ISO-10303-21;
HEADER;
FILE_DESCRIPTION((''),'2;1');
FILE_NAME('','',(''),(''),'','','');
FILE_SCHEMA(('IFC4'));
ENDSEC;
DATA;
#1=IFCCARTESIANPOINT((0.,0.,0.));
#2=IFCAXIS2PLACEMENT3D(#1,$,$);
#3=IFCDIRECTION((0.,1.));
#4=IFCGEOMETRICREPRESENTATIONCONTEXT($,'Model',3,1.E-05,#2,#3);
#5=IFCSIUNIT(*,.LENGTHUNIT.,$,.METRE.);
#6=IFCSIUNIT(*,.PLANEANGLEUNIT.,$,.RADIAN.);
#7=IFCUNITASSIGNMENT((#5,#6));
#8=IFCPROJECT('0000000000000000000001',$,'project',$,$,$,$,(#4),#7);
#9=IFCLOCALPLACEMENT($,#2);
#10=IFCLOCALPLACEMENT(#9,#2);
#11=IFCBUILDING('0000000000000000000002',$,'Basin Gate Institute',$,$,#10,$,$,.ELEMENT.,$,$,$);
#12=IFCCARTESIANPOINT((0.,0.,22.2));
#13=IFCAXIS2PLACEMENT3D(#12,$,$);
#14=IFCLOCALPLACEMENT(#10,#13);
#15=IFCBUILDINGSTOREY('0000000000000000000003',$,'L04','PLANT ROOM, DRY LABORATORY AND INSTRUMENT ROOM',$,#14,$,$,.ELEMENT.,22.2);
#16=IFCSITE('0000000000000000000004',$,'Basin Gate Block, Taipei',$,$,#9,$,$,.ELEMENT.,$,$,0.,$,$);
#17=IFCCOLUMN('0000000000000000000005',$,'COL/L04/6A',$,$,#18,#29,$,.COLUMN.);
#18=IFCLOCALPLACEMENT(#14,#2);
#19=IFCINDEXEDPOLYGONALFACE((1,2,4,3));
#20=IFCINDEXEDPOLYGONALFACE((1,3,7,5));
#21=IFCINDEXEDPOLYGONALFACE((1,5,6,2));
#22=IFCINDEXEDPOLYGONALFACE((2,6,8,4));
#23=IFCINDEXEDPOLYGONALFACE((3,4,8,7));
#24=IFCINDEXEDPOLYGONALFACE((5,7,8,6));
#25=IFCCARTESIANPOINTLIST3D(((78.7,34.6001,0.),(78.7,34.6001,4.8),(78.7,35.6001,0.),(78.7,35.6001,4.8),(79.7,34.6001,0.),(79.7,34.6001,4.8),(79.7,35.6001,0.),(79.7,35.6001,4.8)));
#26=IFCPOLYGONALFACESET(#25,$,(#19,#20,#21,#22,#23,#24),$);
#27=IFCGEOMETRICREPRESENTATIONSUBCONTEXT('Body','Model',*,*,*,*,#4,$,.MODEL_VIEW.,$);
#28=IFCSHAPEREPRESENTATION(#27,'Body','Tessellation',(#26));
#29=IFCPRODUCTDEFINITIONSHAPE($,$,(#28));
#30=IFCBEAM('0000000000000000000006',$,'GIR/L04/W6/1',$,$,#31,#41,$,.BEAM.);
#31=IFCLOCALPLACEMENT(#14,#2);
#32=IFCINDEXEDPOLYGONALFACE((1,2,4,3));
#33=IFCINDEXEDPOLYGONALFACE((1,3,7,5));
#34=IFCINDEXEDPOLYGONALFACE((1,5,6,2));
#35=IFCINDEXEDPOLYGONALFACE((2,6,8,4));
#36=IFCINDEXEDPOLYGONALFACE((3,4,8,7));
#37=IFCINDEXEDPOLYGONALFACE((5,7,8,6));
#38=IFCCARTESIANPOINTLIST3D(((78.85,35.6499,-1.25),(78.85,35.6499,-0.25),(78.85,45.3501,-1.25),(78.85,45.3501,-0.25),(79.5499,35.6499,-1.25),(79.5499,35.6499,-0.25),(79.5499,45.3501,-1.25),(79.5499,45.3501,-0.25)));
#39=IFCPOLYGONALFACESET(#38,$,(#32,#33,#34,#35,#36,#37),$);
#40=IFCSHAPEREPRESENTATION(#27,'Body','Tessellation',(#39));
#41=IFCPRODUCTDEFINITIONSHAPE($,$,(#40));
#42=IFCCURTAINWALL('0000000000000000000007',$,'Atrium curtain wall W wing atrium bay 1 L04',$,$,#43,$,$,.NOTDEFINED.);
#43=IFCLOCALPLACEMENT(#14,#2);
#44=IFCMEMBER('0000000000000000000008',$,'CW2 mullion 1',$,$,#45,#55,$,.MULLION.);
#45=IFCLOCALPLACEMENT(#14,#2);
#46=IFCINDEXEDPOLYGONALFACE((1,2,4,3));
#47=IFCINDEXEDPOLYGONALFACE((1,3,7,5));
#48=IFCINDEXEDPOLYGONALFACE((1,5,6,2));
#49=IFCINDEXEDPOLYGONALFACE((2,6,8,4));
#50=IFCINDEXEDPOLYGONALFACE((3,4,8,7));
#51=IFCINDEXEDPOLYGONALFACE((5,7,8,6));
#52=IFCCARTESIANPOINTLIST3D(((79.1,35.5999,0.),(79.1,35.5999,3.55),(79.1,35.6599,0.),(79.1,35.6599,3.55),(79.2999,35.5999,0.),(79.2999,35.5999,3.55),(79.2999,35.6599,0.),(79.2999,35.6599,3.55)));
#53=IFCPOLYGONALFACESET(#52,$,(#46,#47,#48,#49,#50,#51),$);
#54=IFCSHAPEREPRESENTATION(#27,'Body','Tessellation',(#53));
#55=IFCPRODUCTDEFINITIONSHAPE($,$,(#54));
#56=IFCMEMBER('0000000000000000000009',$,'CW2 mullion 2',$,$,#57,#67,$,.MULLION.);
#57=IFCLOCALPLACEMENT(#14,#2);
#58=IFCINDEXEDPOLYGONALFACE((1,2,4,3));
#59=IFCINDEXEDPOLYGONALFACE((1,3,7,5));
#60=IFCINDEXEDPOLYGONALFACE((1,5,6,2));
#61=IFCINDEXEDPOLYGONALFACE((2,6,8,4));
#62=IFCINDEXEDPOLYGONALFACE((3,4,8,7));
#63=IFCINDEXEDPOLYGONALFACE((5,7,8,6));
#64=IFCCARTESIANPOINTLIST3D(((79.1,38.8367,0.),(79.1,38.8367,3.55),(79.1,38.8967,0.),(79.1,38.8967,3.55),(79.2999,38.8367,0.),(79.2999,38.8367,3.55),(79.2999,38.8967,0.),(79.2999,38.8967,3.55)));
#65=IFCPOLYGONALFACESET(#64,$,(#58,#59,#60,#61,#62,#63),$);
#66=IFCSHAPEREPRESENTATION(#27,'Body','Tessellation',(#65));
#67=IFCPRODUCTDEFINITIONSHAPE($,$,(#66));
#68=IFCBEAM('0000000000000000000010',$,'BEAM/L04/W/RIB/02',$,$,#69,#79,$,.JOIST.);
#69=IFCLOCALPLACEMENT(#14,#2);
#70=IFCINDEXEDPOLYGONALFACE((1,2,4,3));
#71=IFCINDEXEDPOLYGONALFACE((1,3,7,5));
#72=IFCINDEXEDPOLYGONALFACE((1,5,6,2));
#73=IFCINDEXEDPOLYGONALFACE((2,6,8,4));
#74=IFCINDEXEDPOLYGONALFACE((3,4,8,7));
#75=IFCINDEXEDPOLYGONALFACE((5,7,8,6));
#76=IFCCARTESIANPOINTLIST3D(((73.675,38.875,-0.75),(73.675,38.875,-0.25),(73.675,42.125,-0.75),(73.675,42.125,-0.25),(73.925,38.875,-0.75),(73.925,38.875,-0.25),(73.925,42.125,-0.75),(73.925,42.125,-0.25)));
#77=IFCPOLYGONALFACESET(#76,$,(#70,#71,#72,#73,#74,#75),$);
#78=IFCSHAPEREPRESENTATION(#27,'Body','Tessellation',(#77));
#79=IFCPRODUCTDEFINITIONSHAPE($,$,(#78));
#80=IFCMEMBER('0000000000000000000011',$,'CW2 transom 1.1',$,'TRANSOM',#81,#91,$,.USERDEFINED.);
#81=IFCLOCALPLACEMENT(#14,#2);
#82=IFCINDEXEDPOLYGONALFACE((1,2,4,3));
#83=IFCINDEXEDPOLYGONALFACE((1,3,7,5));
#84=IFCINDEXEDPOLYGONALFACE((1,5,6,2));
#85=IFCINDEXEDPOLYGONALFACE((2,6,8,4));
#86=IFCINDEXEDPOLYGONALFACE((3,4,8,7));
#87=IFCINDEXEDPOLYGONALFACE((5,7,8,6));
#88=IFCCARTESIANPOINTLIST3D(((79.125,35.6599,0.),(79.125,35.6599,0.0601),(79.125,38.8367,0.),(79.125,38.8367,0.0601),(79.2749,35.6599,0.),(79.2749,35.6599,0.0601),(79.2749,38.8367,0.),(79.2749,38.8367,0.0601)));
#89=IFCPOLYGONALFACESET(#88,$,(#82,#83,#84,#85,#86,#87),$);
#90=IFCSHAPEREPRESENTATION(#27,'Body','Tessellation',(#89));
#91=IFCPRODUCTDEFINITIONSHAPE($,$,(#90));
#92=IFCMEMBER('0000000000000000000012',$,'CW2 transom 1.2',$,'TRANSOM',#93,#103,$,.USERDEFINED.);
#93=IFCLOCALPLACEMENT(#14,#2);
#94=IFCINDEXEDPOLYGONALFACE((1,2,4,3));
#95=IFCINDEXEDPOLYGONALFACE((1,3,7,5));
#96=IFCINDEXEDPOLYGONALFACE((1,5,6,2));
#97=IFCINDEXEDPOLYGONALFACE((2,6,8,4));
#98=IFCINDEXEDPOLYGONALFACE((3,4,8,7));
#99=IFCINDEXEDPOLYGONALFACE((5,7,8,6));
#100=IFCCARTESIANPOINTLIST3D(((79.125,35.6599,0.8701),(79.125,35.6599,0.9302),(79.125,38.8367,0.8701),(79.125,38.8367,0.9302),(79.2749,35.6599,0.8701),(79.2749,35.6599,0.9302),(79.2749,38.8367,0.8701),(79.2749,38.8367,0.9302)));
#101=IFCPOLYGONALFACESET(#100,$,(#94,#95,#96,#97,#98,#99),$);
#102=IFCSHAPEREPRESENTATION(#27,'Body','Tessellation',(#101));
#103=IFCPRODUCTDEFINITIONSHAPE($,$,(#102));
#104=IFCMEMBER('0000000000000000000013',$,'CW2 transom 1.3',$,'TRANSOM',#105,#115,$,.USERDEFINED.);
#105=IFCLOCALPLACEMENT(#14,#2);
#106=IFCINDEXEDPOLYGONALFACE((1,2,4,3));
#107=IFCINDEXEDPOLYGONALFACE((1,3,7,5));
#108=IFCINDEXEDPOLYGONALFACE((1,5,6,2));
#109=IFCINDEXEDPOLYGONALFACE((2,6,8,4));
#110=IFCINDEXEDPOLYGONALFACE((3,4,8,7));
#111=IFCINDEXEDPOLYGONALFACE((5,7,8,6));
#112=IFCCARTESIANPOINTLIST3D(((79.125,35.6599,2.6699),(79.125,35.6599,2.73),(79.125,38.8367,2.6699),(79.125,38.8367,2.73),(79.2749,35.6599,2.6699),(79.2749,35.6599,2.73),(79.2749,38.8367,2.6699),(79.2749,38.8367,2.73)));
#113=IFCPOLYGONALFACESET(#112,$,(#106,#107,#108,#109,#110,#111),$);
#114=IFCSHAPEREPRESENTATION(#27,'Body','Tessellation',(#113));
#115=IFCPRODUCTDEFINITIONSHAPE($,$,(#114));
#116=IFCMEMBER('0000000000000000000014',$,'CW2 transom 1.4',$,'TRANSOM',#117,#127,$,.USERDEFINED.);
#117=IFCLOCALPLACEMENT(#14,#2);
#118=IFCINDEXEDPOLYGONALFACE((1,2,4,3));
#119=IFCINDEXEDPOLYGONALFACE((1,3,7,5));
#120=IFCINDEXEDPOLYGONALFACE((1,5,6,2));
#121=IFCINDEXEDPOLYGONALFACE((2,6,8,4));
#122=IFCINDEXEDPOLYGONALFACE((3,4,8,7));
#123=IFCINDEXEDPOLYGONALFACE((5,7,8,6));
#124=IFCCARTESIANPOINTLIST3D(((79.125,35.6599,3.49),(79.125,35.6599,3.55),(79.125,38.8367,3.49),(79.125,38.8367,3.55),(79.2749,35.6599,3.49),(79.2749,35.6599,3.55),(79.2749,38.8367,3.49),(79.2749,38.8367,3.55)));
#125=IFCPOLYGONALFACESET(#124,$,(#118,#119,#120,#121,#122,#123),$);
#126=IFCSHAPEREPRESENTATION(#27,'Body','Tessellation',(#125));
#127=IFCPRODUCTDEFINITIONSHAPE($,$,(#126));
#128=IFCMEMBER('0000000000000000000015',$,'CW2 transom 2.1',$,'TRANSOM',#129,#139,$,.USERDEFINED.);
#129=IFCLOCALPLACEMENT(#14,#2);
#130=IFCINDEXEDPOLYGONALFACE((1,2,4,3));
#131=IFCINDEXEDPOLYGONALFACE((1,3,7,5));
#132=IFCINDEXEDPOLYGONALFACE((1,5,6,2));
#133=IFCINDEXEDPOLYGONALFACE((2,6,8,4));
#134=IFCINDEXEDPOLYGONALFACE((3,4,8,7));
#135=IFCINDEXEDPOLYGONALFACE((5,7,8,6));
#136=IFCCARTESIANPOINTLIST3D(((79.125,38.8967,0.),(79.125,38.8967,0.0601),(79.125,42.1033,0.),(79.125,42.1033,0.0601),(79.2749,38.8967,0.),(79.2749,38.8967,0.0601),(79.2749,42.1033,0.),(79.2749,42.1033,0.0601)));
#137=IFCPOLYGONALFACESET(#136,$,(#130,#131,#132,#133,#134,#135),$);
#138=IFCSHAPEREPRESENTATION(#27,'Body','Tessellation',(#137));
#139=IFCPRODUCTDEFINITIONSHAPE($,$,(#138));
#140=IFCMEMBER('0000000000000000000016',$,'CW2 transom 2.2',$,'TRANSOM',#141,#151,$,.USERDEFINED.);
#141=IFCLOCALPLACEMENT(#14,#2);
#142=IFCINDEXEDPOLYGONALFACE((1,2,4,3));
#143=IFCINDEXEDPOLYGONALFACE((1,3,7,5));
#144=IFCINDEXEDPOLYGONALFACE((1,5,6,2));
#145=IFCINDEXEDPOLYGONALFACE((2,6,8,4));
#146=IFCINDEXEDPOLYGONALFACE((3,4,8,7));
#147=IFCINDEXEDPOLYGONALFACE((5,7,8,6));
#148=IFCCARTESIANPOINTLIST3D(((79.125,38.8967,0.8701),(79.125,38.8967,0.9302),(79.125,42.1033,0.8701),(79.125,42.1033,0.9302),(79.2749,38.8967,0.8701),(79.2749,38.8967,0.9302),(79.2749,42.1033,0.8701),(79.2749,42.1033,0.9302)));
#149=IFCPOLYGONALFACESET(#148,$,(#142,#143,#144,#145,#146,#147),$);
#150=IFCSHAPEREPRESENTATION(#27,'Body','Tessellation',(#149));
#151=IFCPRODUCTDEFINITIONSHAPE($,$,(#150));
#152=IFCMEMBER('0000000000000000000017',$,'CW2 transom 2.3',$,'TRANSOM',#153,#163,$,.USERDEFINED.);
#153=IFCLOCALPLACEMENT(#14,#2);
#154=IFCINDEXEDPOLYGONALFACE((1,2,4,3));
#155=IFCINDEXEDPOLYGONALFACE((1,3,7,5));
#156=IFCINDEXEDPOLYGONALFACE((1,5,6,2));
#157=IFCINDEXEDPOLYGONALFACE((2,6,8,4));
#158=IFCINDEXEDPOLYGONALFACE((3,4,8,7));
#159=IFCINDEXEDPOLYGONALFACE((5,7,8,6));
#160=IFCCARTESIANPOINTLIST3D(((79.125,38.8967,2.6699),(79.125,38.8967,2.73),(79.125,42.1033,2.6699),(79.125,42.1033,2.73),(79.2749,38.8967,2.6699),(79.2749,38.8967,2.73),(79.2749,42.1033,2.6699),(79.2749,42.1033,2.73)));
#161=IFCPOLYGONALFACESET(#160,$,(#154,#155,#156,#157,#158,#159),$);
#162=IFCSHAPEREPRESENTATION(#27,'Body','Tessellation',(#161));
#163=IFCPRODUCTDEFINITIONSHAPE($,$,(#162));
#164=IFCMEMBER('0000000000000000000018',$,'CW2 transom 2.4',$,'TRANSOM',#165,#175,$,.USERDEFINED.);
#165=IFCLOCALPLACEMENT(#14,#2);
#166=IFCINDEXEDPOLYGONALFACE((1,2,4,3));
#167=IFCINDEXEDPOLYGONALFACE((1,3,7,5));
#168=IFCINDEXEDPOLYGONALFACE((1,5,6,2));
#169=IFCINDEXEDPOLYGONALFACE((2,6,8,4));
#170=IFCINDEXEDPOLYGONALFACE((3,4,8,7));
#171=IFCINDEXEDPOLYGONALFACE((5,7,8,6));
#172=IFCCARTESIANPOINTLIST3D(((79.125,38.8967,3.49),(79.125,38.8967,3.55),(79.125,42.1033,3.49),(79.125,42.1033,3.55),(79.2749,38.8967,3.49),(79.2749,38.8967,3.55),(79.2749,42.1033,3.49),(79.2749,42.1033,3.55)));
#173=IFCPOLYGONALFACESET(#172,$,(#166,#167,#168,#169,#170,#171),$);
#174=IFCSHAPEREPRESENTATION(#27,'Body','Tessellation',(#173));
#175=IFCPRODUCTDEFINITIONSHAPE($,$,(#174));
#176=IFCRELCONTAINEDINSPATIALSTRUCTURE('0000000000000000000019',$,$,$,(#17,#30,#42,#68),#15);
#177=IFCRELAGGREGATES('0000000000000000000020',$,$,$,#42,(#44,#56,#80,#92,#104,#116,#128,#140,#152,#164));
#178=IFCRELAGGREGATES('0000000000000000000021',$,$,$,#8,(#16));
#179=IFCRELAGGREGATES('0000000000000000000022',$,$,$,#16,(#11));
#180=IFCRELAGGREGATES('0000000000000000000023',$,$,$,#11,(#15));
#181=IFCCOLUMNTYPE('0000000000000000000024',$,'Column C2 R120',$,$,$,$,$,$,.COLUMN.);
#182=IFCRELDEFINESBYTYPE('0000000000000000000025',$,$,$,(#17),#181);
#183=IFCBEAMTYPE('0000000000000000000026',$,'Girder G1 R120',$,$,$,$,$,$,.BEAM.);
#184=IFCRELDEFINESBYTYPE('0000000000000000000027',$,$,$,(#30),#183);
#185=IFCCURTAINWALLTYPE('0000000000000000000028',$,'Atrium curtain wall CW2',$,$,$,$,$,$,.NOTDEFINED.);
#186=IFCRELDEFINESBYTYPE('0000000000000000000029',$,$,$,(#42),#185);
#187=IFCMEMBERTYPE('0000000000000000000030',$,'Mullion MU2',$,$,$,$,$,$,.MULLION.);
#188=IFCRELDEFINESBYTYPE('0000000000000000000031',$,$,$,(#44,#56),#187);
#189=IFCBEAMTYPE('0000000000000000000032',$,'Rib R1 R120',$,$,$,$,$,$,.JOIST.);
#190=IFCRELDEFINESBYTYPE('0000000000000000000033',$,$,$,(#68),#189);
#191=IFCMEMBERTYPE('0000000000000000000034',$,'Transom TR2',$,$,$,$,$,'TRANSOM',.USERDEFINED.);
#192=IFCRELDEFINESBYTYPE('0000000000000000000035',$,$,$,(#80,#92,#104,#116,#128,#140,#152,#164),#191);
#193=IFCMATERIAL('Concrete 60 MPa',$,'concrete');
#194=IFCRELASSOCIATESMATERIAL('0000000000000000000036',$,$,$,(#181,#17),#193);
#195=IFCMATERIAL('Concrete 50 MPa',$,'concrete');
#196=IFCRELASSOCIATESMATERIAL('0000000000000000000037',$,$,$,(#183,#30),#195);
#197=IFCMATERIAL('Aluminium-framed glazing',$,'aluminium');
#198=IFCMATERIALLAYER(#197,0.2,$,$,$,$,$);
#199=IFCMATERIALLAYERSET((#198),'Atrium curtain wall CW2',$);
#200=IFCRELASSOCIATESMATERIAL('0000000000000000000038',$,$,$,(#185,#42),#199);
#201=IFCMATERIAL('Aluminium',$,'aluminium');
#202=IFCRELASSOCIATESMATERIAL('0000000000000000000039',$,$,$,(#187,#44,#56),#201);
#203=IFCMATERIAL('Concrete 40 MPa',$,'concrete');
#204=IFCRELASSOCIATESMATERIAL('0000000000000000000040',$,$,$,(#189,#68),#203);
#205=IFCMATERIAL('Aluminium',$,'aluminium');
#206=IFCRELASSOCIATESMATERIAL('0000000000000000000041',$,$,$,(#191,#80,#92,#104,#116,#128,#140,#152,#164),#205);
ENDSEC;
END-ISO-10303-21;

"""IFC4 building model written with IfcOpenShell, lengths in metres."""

from ifc_helpers import new_model, si_unit, direction, frame, origin, origin_2d, place, context, subcontext, project, spatial, rectangle, extrude, material, layer, layer_set, material_profile, profile_set, type_object, element, aggregate, save


model = new_model("IFC4")

# Units and contexts
model_context = context("Model", 3, precision=1e-05, world=origin(), true_north=direction((0.0, 1.0)))
body_context = subcontext(model_context, "Body", "Model", "MODEL_VIEW")
ifc_project = project(units=[si_unit("LENGTHUNIT", "METRE"), si_unit("PLANEANGLEUNIT", "RADIAN")], contexts=[model_context])

# Site, building, storey
site_placement = place(None, origin())
site = spatial("IfcSite", under=ifc_project, at=site_placement, Name="Basin Gate Block, Taipei", CompositionType="ELEMENT", RefElevation=0.0)
building_placement = place(site_placement, origin())
building = spatial("IfcBuilding", under=site, at=building_placement, Name="Basin Gate Institute", CompositionType="ELEMENT")
storey_placement = place(building_placement, frame((0.0, 0.0, 22.2)))
storey = spatial("IfcBuildingStorey", under=building, at=storey_placement, Name="L04", Description="PLANT ROOM, DRY LABORATORY AND INSTRUMENT ROOM", CompositionType="ELEMENT", Elevation=22.2)

# Column
ifc_material_1 = material(Name="Concrete 60 MPa", Category="concrete")
ifc_material_profile_1 = material_profile(ifc_material_1, rectangle(XDim=1.0, YDim=1.0, at=origin_2d()), Name="Column C2 1000 x 1000")
ifc_profile_set_1 = profile_set([ifc_material_profile_1], Name="Concrete 60 MPa")
column_type = type_object("IfcColumnType", Name="Column C2 R120", PredefinedType="COLUMN", material=ifc_profile_set_1)
column_placement = place(storey_placement, frame((79.2, 35.1001, 0.0), z_axis=(0.0, 0.0, 1.0), x_axis=(1.0, 0.0, 0.0)))
element("IfcColumn", 1, at=column_placement, inside=storey, type_object=column_type, material=ifc_profile_set_1, Name="COL/L04/6A", PredefinedType="COLUMN", context=body_context, shape_type="SweptSolid", body=[
    extrude(rectangle(XDim=1.0, YDim=1.0, at=origin_2d()), origin(), (0.0, 0.0, 1.0), 4.8),
])

# Beam
ifc_material_2 = material(Name="Concrete 50 MPa", Category="concrete")
ifc_material_profile_2 = material_profile(ifc_material_2, rectangle(XDim=0.7, YDim=1.0, at=origin_2d()), Name="Girder G1 700 x 1000")
ifc_profile_set_2 = profile_set([ifc_material_profile_2], Name="Concrete 50 MPa")
beam_type_1 = type_object("IfcBeamType", Name="Girder G1 R120", PredefinedType="BEAM", material=ifc_profile_set_2)
beam_1_placement = place(storey_placement, frame((79.2, 35.6499, -0.75), z_axis=(0.0, 1.0, 0.0), x_axis=(-1.0, 0.0, 0.0)))
element("IfcBeam", 2, at=beam_1_placement, inside=storey, type_object=beam_type_1, material=ifc_profile_set_2, Name="GIR/L04/W6/1", PredefinedType="BEAM", context=body_context, shape_type="SweptSolid", body=[
    extrude(rectangle(XDim=0.7, YDim=1.0, at=origin_2d()), origin(), (0.0, 0.0, 1.0), 9.7002),
])

# Curtain wall, members
ifc_material_3 = material(Name="Aluminium-framed glazing", Category="aluminium")
ifc_layer_1 = layer(ifc_material_3, 0.2)
ifc_layer_set_1 = layer_set([ifc_layer_1], Name="Atrium curtain wall CW2")
curtain_wall_type = type_object("IfcCurtainWallType", Name="Atrium curtain wall CW2", PredefinedType="NOTDEFINED", material=ifc_layer_set_1)
curtain_wall_placement = place(storey_placement, origin())
curtain_wall = element("IfcCurtainWall", 3, at=curtain_wall_placement, inside=storey, type_object=curtain_wall_type, material=ifc_layer_set_1, Name="Atrium curtain wall W wing atrium bay 1 L04", PredefinedType="NOTDEFINED")
ifc_material_4 = material(Name="Aluminium", Category="aluminium")
ifc_material_profile_3 = material_profile(ifc_material_4, rectangle(XDim=0.2, YDim=0.0601, at=origin_2d()), Name="Mullion MU2 200 x 60")
ifc_profile_set_3 = profile_set([ifc_material_profile_3], Name="Aluminium")
member_type_1 = type_object("IfcMemberType", Name="Mullion MU2", PredefinedType="MULLION", material=ifc_profile_set_3)
member_1_placement = place(storey_placement, frame((79.2, 35.6299, 0.0), z_axis=(0.0, 0.0, 1.0), x_axis=(-1.0, 0.0, 0.0)))
member_1 = element("IfcMember", 4, at=member_1_placement, type_object=member_type_1, material=ifc_profile_set_3, Name="CW2 mullion 1", PredefinedType="MULLION", context=body_context, shape_type="SweptSolid", body=[
    extrude(rectangle(XDim=0.2, YDim=0.0601, at=origin_2d()), origin(), (0.0, 0.0, 1.0), 3.55),
])
member_2_placement = place(storey_placement, frame((79.2, 38.8667, 0.0), z_axis=(0.0, 0.0, 1.0), x_axis=(-1.0, 0.0, 0.0)))
member_2 = element("IfcMember", 5, at=member_2_placement, type_object=member_type_1, material=ifc_profile_set_3, Name="CW2 mullion 2", PredefinedType="MULLION", context=body_context, shape_type="SweptSolid", body=[
    extrude(rectangle(XDim=0.2, YDim=0.0601, at=origin_2d()), origin(), (0.0, 0.0, 1.0), 3.55),
])

# Beam
ifc_material_5 = material(Name="Concrete 40 MPa", Category="concrete")
ifc_material_profile_4 = material_profile(ifc_material_5, rectangle(XDim=0.25, YDim=0.5, at=origin_2d()), Name="Rib R1 250 x 500")
ifc_profile_set_4 = profile_set([ifc_material_profile_4], Name="Concrete 40 MPa")
beam_type_2 = type_object("IfcBeamType", Name="Rib R1 R120", PredefinedType="JOIST", material=ifc_profile_set_4)
beam_2_placement = place(storey_placement, frame((73.8, 38.875, -0.5), z_axis=(0.0, 1.0, 0.0), x_axis=(-1.0, 0.0, 0.0)))
element("IfcBeam", 6, at=beam_2_placement, inside=storey, type_object=beam_type_2, material=ifc_profile_set_4, Name="BEAM/L04/W/RIB/02", PredefinedType="JOIST", context=body_context, shape_type="SweptSolid", body=[
    extrude(rectangle(XDim=0.25, YDim=0.5, at=origin_2d()), origin(), (0.0, 0.0, 1.0), 3.25),
])

# Members
ifc_material_6 = material(Name="Aluminium", Category="aluminium")
ifc_material_profile_5 = material_profile(ifc_material_6, rectangle(XDim=0.1499, YDim=0.0601, at=origin_2d()), Name="Transom TR2 150 x 60")
ifc_profile_set_5 = profile_set([ifc_material_profile_5], Name="Aluminium")
member_type_2 = type_object("IfcMemberType", Name="Transom TR2", ElementType="TRANSOM", PredefinedType="USERDEFINED", material=ifc_profile_set_5)
member_3_placement = place(storey_placement, frame((79.2, 35.6599, 0.03), z_axis=(0.0, 1.0, 0.0), x_axis=(-1.0, 0.0, 0.0)))
member_3 = element("IfcMember", 7, at=member_3_placement, type_object=member_type_2, material=ifc_profile_set_5, Name="CW2 transom 1.1", ObjectType="TRANSOM", PredefinedType="USERDEFINED", context=body_context, shape_type="SweptSolid", body=[
    extrude(rectangle(XDim=0.1499, YDim=0.0601, at=origin_2d()), origin(), (0.0, 0.0, 1.0), 3.1768),
])
member_4_placement = place(storey_placement, frame((79.2, 35.6599, 0.9001), z_axis=(0.0, 1.0, 0.0), x_axis=(-1.0, 0.0, 0.0)))
member_4 = element("IfcMember", 8, at=member_4_placement, type_object=member_type_2, material=ifc_profile_set_5, Name="CW2 transom 1.2", ObjectType="TRANSOM", PredefinedType="USERDEFINED", context=body_context, shape_type="SweptSolid", body=[
    extrude(rectangle(XDim=0.1499, YDim=0.0601, at=origin_2d()), origin(), (0.0, 0.0, 1.0), 3.1768),
])
member_5_placement = place(storey_placement, frame((79.2, 35.6599, 2.7), z_axis=(0.0, 1.0, 0.0), x_axis=(-1.0, 0.0, 0.0)))
member_5 = element("IfcMember", 9, at=member_5_placement, type_object=member_type_2, material=ifc_profile_set_5, Name="CW2 transom 1.3", ObjectType="TRANSOM", PredefinedType="USERDEFINED", context=body_context, shape_type="SweptSolid", body=[
    extrude(rectangle(XDim=0.1499, YDim=0.0601, at=origin_2d()), origin(), (0.0, 0.0, 1.0), 3.1768),
])
member_6_placement = place(storey_placement, frame((79.2, 35.6599, 3.52), z_axis=(0.0, 1.0, 0.0), x_axis=(-1.0, 0.0, 0.0)))
member_6 = element("IfcMember", 10, at=member_6_placement, type_object=member_type_2, material=ifc_profile_set_5, Name="CW2 transom 1.4", ObjectType="TRANSOM", PredefinedType="USERDEFINED", context=body_context, shape_type="SweptSolid", body=[
    extrude(rectangle(XDim=0.1499, YDim=0.0601, at=origin_2d()), origin(), (0.0, 0.0, 1.0), 3.1768),
])
member_7_placement = place(storey_placement, frame((79.2, 38.8967, 0.03), z_axis=(0.0, 1.0, 0.0), x_axis=(-1.0, 0.0, 0.0)))
member_7 = element("IfcMember", 11, at=member_7_placement, type_object=member_type_2, material=ifc_profile_set_5, Name="CW2 transom 2.1", ObjectType="TRANSOM", PredefinedType="USERDEFINED", context=body_context, shape_type="SweptSolid", body=[
    extrude(rectangle(XDim=0.1499, YDim=0.0601, at=origin_2d()), origin(), (0.0, 0.0, 1.0), 3.2065),
])
member_8_placement = place(storey_placement, frame((79.2, 38.8967, 0.9001), z_axis=(0.0, 1.0, 0.0), x_axis=(-1.0, 0.0, 0.0)))
member_8 = element("IfcMember", 12, at=member_8_placement, type_object=member_type_2, material=ifc_profile_set_5, Name="CW2 transom 2.2", ObjectType="TRANSOM", PredefinedType="USERDEFINED", context=body_context, shape_type="SweptSolid", body=[
    extrude(rectangle(XDim=0.1499, YDim=0.0601, at=origin_2d()), origin(), (0.0, 0.0, 1.0), 3.2065),
])
member_9_placement = place(storey_placement, frame((79.2, 38.8967, 2.7), z_axis=(0.0, 1.0, 0.0), x_axis=(-1.0, 0.0, 0.0)))
member_9 = element("IfcMember", 13, at=member_9_placement, type_object=member_type_2, material=ifc_profile_set_5, Name="CW2 transom 2.3", ObjectType="TRANSOM", PredefinedType="USERDEFINED", context=body_context, shape_type="SweptSolid", body=[
    extrude(rectangle(XDim=0.1499, YDim=0.0601, at=origin_2d()), origin(), (0.0, 0.0, 1.0), 3.2065),
])
member_10_placement = place(storey_placement, frame((79.2, 38.8967, 3.52), z_axis=(0.0, 1.0, 0.0), x_axis=(-1.0, 0.0, 0.0)))
member_10 = element("IfcMember", 14, at=member_10_placement, type_object=member_type_2, material=ifc_profile_set_5, Name="CW2 transom 2.4", ObjectType="TRANSOM", PredefinedType="USERDEFINED", context=body_context, shape_type="SweptSolid", body=[
    extrude(rectangle(XDim=0.1499, YDim=0.0601, at=origin_2d()), origin(), (0.0, 0.0, 1.0), 3.2065),
])

aggregate(curtain_wall, [member_1, member_2, member_3, member_4, member_5, member_6, member_7, member_8, member_9, member_10])

save(model, "model.ifc")
